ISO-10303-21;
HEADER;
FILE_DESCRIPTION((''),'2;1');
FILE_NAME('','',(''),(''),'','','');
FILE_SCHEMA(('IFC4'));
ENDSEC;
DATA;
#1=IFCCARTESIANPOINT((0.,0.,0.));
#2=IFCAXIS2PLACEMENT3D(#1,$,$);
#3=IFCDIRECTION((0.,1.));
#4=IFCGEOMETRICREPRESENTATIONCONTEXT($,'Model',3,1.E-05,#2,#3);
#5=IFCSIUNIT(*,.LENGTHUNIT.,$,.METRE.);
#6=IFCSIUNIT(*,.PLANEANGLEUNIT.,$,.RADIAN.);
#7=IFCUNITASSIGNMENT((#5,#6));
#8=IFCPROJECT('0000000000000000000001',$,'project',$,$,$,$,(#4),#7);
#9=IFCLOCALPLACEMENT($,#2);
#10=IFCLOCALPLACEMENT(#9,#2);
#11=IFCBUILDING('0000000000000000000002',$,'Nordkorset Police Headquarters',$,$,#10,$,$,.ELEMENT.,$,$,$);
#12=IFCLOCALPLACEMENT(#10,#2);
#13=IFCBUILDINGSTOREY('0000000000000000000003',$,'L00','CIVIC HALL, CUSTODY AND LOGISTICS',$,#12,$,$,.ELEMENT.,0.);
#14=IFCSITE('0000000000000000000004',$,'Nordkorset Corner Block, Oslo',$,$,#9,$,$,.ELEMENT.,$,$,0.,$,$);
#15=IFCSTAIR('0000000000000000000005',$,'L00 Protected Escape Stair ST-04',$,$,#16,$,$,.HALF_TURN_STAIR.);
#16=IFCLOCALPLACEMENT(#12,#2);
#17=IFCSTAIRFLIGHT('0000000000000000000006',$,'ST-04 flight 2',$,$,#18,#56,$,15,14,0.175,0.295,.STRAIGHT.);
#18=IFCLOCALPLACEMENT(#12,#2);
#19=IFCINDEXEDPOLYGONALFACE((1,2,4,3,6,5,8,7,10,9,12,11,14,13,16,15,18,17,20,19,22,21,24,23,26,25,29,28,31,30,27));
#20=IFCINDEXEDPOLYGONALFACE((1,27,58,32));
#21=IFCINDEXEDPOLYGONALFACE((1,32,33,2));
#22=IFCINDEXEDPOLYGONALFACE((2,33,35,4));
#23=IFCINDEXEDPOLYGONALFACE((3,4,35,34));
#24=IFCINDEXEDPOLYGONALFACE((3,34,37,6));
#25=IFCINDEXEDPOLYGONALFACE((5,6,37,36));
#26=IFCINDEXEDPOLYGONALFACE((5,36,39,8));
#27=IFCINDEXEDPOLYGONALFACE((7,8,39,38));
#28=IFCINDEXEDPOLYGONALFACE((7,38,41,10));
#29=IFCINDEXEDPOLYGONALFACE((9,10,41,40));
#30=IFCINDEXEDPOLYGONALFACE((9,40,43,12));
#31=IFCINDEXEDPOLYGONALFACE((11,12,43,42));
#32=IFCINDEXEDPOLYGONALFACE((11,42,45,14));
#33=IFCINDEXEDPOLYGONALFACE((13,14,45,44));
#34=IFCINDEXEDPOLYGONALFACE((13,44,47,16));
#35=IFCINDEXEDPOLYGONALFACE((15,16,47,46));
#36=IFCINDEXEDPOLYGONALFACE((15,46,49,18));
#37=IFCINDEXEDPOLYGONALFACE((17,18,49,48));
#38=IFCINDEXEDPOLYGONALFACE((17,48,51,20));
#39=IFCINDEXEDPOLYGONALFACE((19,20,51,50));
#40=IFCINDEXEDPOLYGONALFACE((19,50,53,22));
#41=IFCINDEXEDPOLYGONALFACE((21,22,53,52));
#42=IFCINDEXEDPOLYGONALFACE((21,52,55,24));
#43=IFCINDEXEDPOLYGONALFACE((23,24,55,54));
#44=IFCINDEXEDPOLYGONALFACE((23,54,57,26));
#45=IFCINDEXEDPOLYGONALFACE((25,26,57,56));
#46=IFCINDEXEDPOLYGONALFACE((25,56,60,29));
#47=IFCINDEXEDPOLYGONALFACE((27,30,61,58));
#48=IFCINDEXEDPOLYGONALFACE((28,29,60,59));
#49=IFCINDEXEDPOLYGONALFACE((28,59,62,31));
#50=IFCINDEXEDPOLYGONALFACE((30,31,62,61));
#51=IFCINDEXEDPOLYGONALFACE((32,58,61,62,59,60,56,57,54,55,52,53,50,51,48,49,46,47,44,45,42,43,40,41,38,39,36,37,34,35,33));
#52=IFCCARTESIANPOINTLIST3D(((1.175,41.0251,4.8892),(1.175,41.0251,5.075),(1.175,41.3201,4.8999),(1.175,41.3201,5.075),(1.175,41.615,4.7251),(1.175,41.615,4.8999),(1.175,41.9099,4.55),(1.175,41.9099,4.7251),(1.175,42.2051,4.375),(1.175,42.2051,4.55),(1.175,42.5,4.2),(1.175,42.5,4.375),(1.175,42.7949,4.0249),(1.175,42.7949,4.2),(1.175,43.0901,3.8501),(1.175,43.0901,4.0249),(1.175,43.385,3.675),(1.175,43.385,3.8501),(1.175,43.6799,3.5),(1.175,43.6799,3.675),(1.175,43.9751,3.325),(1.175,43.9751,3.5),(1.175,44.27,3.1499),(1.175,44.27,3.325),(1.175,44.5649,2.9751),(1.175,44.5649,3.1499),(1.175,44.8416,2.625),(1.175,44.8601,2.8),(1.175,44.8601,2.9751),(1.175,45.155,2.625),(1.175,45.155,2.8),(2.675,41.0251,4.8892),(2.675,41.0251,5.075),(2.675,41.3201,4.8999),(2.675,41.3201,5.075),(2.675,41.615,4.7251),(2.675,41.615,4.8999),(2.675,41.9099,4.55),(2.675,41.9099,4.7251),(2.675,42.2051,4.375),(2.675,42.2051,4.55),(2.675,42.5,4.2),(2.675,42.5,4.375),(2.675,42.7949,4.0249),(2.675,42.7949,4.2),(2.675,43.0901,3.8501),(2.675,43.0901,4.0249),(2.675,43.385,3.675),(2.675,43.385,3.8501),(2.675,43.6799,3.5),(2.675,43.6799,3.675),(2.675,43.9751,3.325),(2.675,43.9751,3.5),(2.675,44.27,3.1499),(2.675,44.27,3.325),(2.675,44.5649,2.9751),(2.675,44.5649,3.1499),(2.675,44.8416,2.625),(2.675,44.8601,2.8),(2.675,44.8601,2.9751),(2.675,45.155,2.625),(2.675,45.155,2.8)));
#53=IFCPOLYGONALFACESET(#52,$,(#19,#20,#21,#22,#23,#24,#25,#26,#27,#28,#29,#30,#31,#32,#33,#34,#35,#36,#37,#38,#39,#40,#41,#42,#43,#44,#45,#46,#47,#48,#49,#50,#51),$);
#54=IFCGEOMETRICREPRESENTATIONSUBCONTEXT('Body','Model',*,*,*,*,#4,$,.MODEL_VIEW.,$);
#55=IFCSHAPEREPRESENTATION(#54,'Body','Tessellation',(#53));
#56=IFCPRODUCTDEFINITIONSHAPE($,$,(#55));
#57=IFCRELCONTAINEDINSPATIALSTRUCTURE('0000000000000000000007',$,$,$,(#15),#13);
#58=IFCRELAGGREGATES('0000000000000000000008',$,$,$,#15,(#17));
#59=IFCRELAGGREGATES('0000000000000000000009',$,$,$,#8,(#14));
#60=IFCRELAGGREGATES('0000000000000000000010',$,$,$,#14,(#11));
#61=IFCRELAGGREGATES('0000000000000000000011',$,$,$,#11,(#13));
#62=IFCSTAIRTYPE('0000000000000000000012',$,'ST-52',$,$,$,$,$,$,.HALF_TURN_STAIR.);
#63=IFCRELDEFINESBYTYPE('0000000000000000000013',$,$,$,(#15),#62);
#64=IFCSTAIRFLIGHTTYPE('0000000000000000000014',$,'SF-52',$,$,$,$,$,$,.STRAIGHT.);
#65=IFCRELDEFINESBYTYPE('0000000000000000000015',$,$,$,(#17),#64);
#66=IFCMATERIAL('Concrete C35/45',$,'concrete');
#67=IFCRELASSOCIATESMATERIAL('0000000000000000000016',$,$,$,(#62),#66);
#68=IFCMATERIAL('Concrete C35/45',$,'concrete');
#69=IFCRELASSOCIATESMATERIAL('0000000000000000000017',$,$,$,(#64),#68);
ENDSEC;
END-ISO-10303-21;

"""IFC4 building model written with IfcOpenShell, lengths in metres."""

from ifc_helpers import new_model, si_unit, direction, frame, origin, place, context, subcontext, project, spatial, polyline, outline, extrude, material, type_object, element, aggregate, save


model = new_model("IFC4")

# Units and contexts
model_context = context("Model", 3, precision=1e-05, world=origin(), true_north=direction((0.0, 1.0)))
body_context = subcontext(model_context, "Body", "Model", "MODEL_VIEW")
ifc_project = project(units=[si_unit("LENGTHUNIT", "METRE"), si_unit("PLANEANGLEUNIT", "RADIAN")], contexts=[model_context])

# Site, building, storey
site_placement = place(None, origin())
site = spatial("IfcSite", under=ifc_project, at=site_placement, Name="Nordkorset Corner Block, Oslo", CompositionType="ELEMENT", RefElevation=0.0)
building_placement = place(site_placement, origin())
building = spatial("IfcBuilding", under=site, at=building_placement, Name="Nordkorset Police Headquarters", CompositionType="ELEMENT")
storey_placement = place(building_placement, origin())
storey = spatial("IfcBuildingStorey", under=building, at=storey_placement, Name="L00", Description="CIVIC HALL, CUSTODY AND LOGISTICS", CompositionType="ELEMENT", Elevation=0.0)

# Stair, stair flight
ifc_material_1 = material(Name="Concrete C35/45", Category="concrete")
stair_type = type_object("IfcStairType", Name="ST-52", PredefinedType="HALF_TURN_STAIR", material=ifc_material_1)
stair_placement = place(storey_placement, origin())
stair = element("IfcStair", 1, at=stair_placement, inside=storey, type_object=stair_type, Name="L00 Protected Escape Stair ST-04", PredefinedType="HALF_TURN_STAIR")
ifc_material_2 = material(Name="Concrete C35/45", Category="concrete")
stair_flight_type = type_object("IfcStairFlightType", Name="SF-52", PredefinedType="STRAIGHT", material=ifc_material_2)
stair_flight_placement = place(storey_placement, frame((1.925, 45.155, 2.625), z_axis=(0.0, 0.0, 1.0), x_axis=(0.0, -1.0, 0.0)))
stair_flight = element("IfcStairFlight", 2, at=stair_flight_placement, type_object=stair_flight_type, Name="ST-04 flight 2", NumberOfRisers=15, NumberOfTreads=14, PredefinedType="STRAIGHT", RiserHeight=0.175, TreadLength=0.295, context=body_context, shape_type="SweptSolid", body=[
    extrude(outline(polyline([(0.0, 0.0), (0.0, 0.175), (0.2949, 0.175), (0.2949, 0.3501), (0.5901, 0.3501), (0.5901, 0.5249), (0.885, 0.5249), (0.885, 0.7), (1.1799, 0.7), (1.1799, 0.875), (1.4751, 0.875), (1.4751, 1.05), (1.77, 1.05), (1.77, 1.2251), (2.0649, 1.2251), (2.0649, 1.3999), (2.3601, 1.3999), (2.3601, 1.575), (2.655, 1.575), (2.655, 1.75), (2.95, 1.75), (2.95, 1.925), (3.2451, 1.925), (3.2451, 2.1001), (3.54, 2.1001), (3.54, 2.2749), (3.835, 2.2749), (3.835, 2.45), (4.1299, 2.45), (4.1299, 2.625), (4.1299, 2.2642), (0.3135, 0.0), (0.0, 0.0)])), frame((0.0, 0.75, 0.0), z_axis=(0.0, -1.0, 0.0), x_axis=(1.0, 0.0, 0.0)), (0.0, 0.0, 1.0), 1.5),
])
aggregate(stair, [stair_flight])

save(model, "model.ifc")
